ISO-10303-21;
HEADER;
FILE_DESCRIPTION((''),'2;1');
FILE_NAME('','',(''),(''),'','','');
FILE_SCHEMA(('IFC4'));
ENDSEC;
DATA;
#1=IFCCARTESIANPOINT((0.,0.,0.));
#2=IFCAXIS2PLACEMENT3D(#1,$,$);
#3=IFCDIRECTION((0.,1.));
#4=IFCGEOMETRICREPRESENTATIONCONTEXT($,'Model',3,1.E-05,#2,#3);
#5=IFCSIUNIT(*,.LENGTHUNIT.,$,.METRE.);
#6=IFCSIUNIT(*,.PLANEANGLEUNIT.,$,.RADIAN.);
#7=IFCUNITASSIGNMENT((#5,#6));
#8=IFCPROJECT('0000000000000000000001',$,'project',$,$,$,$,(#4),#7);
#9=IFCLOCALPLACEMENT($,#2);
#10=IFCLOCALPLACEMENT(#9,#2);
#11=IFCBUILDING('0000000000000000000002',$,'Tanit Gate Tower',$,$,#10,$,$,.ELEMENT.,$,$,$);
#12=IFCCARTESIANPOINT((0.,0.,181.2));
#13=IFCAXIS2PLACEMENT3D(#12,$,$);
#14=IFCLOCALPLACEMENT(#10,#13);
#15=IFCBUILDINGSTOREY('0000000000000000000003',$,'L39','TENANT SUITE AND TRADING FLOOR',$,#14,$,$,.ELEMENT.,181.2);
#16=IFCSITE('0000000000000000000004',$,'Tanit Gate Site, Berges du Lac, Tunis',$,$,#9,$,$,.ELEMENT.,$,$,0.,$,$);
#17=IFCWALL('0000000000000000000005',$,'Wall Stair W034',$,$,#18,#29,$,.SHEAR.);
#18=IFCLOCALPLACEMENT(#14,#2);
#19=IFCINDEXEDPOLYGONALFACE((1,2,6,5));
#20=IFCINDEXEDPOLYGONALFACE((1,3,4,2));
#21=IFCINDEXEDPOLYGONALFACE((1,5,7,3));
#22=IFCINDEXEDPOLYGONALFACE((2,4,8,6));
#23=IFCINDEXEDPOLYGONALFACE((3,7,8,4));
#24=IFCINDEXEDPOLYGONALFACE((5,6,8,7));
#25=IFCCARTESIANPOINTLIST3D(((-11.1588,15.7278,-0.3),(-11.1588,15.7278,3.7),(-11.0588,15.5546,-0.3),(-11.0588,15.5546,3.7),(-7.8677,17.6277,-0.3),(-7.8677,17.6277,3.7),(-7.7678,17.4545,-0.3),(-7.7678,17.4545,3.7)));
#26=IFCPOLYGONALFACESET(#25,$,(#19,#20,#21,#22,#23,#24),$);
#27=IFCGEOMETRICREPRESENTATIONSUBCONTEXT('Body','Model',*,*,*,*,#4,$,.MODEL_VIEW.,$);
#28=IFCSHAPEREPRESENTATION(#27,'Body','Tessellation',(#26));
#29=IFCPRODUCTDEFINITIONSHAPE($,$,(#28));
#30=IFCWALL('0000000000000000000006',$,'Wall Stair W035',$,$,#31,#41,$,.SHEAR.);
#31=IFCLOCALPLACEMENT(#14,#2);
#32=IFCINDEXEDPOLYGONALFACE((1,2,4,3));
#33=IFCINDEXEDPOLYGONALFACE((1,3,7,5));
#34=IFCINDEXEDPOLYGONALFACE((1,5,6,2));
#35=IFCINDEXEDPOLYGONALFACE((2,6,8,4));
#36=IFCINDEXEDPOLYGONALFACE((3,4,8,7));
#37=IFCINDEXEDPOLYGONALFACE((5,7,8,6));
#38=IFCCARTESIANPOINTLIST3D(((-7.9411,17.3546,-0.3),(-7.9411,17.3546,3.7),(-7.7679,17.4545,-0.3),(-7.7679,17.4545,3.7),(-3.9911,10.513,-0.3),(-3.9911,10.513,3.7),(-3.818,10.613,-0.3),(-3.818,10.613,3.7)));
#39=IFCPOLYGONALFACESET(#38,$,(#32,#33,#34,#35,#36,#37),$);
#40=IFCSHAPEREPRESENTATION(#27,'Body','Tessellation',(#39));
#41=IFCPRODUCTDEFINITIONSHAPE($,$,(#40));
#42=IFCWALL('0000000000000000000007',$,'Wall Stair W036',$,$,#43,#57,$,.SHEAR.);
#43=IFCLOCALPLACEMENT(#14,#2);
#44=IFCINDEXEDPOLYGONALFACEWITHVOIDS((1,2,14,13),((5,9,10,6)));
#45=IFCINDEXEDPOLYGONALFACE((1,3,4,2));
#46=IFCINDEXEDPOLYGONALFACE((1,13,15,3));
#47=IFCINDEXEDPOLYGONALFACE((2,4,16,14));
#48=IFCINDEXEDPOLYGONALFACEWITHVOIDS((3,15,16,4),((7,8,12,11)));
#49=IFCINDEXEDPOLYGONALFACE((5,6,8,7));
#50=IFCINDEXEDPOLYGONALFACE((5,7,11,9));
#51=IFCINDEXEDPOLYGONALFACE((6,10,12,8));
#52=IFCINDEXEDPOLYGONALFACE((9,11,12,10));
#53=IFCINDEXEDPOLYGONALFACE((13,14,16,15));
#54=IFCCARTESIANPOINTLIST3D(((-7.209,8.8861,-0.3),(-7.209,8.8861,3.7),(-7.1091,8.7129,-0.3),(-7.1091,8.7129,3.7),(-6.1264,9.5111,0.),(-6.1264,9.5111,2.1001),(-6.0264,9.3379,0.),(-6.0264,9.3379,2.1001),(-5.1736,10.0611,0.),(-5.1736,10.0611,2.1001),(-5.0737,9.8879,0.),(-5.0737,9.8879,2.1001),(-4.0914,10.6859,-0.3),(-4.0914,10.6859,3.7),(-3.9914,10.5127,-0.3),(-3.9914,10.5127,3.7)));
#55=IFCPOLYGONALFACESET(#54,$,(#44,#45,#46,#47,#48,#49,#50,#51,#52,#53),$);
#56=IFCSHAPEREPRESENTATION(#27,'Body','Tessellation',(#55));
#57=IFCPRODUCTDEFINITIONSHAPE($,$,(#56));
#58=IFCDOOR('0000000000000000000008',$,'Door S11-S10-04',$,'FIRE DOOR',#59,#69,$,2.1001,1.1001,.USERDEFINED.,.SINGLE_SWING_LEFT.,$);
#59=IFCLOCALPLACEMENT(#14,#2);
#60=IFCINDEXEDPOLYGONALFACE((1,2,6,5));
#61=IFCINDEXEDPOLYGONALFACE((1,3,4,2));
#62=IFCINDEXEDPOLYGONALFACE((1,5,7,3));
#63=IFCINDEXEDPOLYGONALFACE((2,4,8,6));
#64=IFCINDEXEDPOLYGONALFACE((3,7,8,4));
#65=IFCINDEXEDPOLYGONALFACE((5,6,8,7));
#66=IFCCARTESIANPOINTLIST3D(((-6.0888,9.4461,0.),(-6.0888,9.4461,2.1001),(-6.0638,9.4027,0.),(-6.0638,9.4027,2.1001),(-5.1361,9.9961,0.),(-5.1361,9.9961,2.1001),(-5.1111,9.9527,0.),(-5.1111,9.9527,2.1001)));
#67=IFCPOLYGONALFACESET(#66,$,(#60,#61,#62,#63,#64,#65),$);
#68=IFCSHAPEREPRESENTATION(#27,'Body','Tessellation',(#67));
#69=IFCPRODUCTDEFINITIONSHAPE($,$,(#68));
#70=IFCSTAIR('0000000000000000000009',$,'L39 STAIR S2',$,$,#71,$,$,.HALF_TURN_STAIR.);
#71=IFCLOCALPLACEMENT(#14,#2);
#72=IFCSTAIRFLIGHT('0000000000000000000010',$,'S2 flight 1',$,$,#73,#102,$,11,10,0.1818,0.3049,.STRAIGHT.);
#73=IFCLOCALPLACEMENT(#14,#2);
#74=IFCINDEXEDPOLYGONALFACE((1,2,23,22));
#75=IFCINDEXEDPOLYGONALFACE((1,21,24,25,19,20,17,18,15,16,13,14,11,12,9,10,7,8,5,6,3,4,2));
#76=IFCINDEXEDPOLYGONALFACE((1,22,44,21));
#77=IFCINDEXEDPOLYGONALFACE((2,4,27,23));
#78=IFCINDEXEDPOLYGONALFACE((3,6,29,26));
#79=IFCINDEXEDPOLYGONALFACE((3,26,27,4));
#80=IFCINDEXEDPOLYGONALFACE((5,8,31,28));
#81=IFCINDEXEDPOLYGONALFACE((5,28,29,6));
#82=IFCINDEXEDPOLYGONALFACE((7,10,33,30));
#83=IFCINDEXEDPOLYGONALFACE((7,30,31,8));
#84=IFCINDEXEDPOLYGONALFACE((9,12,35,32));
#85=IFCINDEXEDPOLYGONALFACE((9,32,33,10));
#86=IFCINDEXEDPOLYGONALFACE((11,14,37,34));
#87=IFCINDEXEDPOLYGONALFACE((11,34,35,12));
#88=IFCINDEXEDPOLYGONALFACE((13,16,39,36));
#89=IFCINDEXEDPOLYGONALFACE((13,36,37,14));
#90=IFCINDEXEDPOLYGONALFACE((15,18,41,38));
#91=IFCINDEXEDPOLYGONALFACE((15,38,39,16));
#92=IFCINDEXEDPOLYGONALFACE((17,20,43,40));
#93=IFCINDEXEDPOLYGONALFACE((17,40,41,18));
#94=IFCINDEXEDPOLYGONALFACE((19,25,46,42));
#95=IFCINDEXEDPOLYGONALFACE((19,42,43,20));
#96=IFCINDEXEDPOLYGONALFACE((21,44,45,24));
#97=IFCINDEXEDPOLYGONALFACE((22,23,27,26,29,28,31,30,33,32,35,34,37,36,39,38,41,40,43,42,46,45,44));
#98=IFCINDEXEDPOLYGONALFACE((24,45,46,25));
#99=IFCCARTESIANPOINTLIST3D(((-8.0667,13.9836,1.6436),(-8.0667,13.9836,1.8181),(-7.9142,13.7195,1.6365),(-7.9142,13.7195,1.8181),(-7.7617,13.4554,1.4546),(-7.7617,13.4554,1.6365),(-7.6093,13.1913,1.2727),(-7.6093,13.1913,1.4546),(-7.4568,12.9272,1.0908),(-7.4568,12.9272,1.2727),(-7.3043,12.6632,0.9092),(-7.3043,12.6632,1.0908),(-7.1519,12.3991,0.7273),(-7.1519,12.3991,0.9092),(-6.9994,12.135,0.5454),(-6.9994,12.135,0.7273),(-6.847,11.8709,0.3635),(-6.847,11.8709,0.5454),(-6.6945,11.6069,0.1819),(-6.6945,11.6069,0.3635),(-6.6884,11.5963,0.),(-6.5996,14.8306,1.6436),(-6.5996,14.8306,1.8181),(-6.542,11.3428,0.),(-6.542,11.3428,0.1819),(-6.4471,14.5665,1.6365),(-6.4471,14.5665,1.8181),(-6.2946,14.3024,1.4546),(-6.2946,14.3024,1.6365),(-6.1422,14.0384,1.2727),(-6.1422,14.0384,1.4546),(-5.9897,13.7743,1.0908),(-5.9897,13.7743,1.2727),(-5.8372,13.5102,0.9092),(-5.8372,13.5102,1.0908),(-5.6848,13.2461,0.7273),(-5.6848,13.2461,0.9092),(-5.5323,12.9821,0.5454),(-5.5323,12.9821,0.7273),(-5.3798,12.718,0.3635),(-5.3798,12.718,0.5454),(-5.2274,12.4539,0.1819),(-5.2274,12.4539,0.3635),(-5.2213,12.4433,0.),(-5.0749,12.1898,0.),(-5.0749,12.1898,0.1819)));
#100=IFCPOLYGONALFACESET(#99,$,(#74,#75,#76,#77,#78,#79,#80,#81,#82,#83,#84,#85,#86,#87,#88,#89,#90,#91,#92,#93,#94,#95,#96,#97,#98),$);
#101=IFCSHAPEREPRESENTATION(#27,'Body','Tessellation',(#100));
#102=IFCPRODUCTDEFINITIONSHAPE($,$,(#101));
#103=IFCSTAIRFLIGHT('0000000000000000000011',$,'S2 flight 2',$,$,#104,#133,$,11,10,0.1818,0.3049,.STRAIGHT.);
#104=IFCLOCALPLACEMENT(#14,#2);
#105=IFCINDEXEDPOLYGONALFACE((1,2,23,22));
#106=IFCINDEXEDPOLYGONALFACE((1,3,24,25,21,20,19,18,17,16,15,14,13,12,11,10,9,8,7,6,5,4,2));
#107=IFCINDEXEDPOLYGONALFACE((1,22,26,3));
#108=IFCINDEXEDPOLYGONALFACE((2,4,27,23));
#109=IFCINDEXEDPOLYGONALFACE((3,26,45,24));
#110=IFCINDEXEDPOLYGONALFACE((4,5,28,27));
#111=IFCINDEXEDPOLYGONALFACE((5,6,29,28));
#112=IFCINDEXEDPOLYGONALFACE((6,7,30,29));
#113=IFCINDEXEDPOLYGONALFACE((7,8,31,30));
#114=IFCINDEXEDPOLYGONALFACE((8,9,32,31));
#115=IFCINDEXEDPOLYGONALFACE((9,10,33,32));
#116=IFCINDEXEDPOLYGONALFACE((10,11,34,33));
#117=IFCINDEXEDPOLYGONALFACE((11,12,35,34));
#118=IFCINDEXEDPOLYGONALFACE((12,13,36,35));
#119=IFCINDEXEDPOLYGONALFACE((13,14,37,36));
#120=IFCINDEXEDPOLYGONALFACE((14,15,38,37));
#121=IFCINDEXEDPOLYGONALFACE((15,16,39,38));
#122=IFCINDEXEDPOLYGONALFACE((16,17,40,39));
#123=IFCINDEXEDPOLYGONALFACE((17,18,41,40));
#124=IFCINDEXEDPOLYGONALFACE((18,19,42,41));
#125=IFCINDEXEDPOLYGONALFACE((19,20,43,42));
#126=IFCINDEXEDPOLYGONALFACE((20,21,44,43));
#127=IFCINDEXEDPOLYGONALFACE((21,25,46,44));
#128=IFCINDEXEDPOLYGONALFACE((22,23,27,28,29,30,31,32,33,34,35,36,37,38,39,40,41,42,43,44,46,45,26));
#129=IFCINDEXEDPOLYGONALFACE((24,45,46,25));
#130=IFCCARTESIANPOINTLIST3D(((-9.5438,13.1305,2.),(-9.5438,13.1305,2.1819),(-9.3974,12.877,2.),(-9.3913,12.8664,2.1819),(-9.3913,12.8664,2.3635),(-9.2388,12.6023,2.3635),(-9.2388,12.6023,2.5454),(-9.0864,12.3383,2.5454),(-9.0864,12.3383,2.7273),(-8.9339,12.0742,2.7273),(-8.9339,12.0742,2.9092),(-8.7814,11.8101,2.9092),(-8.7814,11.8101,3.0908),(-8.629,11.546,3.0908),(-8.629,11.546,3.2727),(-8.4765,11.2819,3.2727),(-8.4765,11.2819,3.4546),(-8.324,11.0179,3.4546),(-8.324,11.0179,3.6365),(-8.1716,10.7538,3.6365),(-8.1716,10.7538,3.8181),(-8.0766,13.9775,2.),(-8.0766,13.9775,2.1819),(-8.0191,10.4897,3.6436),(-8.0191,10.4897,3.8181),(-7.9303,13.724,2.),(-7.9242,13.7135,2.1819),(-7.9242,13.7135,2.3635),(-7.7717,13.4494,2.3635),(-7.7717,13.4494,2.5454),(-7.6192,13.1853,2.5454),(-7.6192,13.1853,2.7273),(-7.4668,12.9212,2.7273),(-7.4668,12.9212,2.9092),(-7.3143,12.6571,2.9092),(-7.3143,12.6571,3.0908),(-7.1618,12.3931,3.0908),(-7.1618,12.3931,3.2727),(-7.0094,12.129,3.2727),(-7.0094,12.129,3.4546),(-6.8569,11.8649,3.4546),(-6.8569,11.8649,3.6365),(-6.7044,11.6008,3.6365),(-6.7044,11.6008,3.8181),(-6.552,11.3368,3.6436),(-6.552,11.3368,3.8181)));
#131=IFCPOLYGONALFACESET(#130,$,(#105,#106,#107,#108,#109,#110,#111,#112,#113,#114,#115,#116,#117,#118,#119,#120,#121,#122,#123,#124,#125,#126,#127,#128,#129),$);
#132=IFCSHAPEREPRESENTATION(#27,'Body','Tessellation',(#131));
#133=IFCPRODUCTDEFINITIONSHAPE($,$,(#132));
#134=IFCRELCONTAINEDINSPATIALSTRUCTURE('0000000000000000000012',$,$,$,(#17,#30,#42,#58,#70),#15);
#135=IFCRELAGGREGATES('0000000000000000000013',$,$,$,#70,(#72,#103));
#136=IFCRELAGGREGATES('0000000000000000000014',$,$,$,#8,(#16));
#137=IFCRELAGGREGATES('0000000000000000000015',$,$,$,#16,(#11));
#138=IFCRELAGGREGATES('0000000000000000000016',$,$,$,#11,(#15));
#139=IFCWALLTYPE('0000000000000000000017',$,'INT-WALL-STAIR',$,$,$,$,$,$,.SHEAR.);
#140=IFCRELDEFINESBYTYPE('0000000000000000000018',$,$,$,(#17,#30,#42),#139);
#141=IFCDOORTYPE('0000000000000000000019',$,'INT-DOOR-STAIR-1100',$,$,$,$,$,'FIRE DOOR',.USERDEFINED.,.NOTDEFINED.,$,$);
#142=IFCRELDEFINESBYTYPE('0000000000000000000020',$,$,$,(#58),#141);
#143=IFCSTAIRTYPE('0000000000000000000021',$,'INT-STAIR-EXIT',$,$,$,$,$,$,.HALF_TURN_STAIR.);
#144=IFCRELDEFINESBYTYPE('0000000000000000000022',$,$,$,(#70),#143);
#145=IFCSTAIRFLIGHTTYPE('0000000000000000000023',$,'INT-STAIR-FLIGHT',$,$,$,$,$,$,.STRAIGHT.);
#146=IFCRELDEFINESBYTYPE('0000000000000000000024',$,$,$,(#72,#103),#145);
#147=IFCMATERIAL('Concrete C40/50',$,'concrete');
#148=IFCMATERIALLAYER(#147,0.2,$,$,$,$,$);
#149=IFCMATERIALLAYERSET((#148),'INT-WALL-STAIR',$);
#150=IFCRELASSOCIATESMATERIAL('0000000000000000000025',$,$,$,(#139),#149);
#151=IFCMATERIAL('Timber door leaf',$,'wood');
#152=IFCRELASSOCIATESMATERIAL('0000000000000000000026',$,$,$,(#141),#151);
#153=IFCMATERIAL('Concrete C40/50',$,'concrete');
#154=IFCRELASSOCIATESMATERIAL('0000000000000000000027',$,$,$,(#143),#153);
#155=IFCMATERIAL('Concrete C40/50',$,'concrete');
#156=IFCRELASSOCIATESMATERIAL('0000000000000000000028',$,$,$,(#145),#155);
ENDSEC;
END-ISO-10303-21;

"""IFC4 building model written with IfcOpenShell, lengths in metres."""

from ifc_helpers import new_model, si_unit, direction, frame, frame_2d, origin, place, context, subcontext, project, spatial, polyline, rectangle, outline, extrude, material, layer, layer_set, type_object, element, fill, aggregate, save


model = new_model("IFC4")

# Units and contexts
model_context = context("Model", 3, precision=1e-05, world=origin(), true_north=direction((0.0, 1.0)))
body_context = subcontext(model_context, "Body", "Model", "MODEL_VIEW")
ifc_project = project(units=[si_unit("LENGTHUNIT", "METRE"), si_unit("PLANEANGLEUNIT", "RADIAN")], contexts=[model_context])

# Site, building, storey
site_placement = place(None, origin())
site = spatial("IfcSite", under=ifc_project, at=site_placement, Name="Tanit Gate Site, Berges du Lac, Tunis", CompositionType="ELEMENT", RefElevation=0.0)
building_placement = place(site_placement, origin())
building = spatial("IfcBuilding", under=site, at=building_placement, Name="Tanit Gate Tower", CompositionType="ELEMENT")
storey_placement = place(building_placement, frame((0.0, 0.0, 181.2)))
storey = spatial("IfcBuildingStorey", under=building, at=storey_placement, Name="L39", Description="TENANT SUITE AND TRADING FLOOR", CompositionType="ELEMENT", Elevation=181.2)

# Walls
ifc_material_1 = material(Name="Concrete C40/50", Category="concrete")
ifc_layer_1 = layer(ifc_material_1, 0.2)
ifc_layer_set_1 = layer_set([ifc_layer_1], Name="INT-WALL-STAIR")
wall_type_1 = type_object("IfcWallType", Name="INT-WALL-STAIR", PredefinedType="SHEAR", material=ifc_layer_set_1)
wall_1_placement = place(storey_placement, frame((-7.8179, 17.541, -0.3), z_axis=(0.0, 0.0, 1.0), x_axis=(-0.866044, -0.499967, 0.0)))
element("IfcWall", 1, at=wall_1_placement, inside=storey, type_object=wall_type_1, Name="Wall Stair W034", PredefinedType="SHEAR", context=body_context, shape_type="SweptSolid", body=[
    extrude(rectangle(XDim=3.8, YDim=0.2, at=frame_2d((1.8999, 0.0))), origin(), (0.0, 0.0, 1.0), 4.0),
])
wall_2_placement = place(storey_placement, frame((-7.8545, 17.4045, -0.3), z_axis=(0.0, 0.0, 1.0), x_axis=(0.499998, -0.866027, 0.0)))
element("IfcWall", 2, at=wall_2_placement, inside=storey, type_object=wall_type_1, Name="Wall Stair W035", PredefinedType="SHEAR", context=body_context, shape_type="SweptSolid", body=[
    extrude(rectangle(XDim=7.8999, YDim=0.2, at=frame_2d((3.95, 0.0))), origin(), (0.0, 0.0, 1.0), 4.0),
])

# Wall, opening, door
wall_3_placement = place(storey_placement, frame((-7.1589, 8.7996, -0.3), z_axis=(0.0, 0.0, 1.0), x_axis=(0.866048, 0.499961, 0.0)))
wall_3 = element("IfcWall", 3, at=wall_3_placement, inside=storey, type_object=wall_type_1, Name="Wall Stair W036", PredefinedType="SHEAR", context=body_context, shape_type="SweptSolid", body=[
    extrude(rectangle(XDim=3.5999, YDim=0.2, at=frame_2d((1.7998, 0.0))), origin(), (0.0, 0.0, 1.0), 4.0),
])
opening_1_placement = place(wall_3_placement, frame((1.25, 0.0, 0.3)))
opening_1 = element("IfcOpeningElement", 4, at=opening_1_placement, cuts=wall_3, PredefinedType="OPENING", context=body_context, shape_type="SweptSolid", body=[
    extrude(rectangle(XDim=1.1001, YDim=2.1001, at=frame_2d((0.55, 1.05))), frame((0.0, 0.1099, 0.0), z_axis=(0.0, -1.0, 0.0), x_axis=(1.0, 0.0, 0.0)), (0.0, 0.0, 1.0), 0.22),
])
ifc_material_2 = material(Name="Timber door leaf", Category="wood")
door_type_1 = type_object("IfcDoorType", Name="INT-DOOR-STAIR-1100", ElementType="FIRE DOOR", OperationType="NOTDEFINED", PredefinedType="USERDEFINED", material=ifc_material_2)
door_1_placement = place(opening_1_placement, origin())
door_1 = element("IfcDoor", 5, at=door_1_placement, inside=storey, type_object=door_type_1, Name="Door S11-S10-04", ObjectType="FIRE DOOR", OperationType="SINGLE_SWING_LEFT", OverallHeight=2.1001, OverallWidth=1.1001, PredefinedType="USERDEFINED", context=body_context, shape_type="SweptSolid", body=[
    extrude(rectangle(XDim=1.1001, YDim=2.1001, at=frame_2d((0.55, 1.05))), frame((0.0, 0.0249, 0.0), z_axis=(0.0, -1.0, 0.0), x_axis=(1.0, 0.0, 0.0)), (0.0, 0.0, 1.0), 0.05),
])
fill(opening_1, door_1)

# Stair, stair flights
ifc_material_3 = material(Name="Concrete C40/50", Category="concrete")
stair_type = type_object("IfcStairType", Name="INT-STAIR-EXIT", PredefinedType="HALF_TURN_STAIR", material=ifc_material_3)
stair_placement = place(storey_placement, origin())
stair = element("IfcStair", 6, at=stair_placement, inside=storey, type_object=stair_type, Name="L39 STAIR S2", PredefinedType="HALF_TURN_STAIR")
ifc_material_4 = material(Name="Concrete C40/50", Category="concrete")
stair_flight_type = type_object("IfcStairFlightType", Name="INT-STAIR-FLIGHT", PredefinedType="STRAIGHT", material=ifc_material_4)
stair_flight_1_placement = place(storey_placement, frame((-5.8083, 11.7664, 0.0), z_axis=(0.0, 0.0, 1.0), x_axis=(-0.5, 0.866025, 0.0)))
stair_flight_1 = element("IfcStairFlight", 7, at=stair_flight_1_placement, type_object=stair_flight_type, Name="S2 flight 1", NumberOfRisers=11, NumberOfTreads=10, PredefinedType="STRAIGHT", RiserHeight=0.1818, TreadLength=0.3049, context=body_context, shape_type="SweptSolid", body=[
    extrude(outline(polyline([(0.0, 0.0), (0.0, 0.1819), (0.3049, 0.1819), (0.3049, 0.3635), (0.6099, 0.3635), (0.6099, 0.5454), (0.9148, 0.5454), (0.9148, 0.7273), (1.2197, 0.7273), (1.2197, 0.9092), (1.5247, 0.9092), (1.5247, 1.0908), (1.8296, 1.0908), (1.8296, 1.2727), (2.1345, 1.2727), (2.1345, 1.4546), (2.4395, 1.4546), (2.4395, 1.6365), (2.7444, 1.6365), (2.7444, 1.8181), (3.0493, 1.8181), (3.0493, 2.0), (3.0493, 1.6436), (0.2927, 0.0), (0.0, 0.0)])), frame((0.0, 0.8472, 0.0), z_axis=(0.0, -1.0, 0.0), x_axis=(1.0, 0.0, 0.0)), (0.0, 0.0, 1.0), 1.6941),
])
stair_flight_2_placement = place(storey_placement, frame((-8.8103, 13.554, 2.0), z_axis=(0.0, 0.0, 1.0), x_axis=(0.5, -0.866025, 0.0)))
stair_flight_2 = element("IfcStairFlight", 8, at=stair_flight_2_placement, type_object=stair_flight_type, Name="S2 flight 2", NumberOfRisers=11, NumberOfTreads=10, PredefinedType="STRAIGHT", RiserHeight=0.1818, TreadLength=0.3049, context=body_context, shape_type="SweptSolid", body=[
    extrude(outline(polyline([(0.0, 0.0), (0.0, 0.1819), (0.3049, 0.1819), (0.3049, 0.3635), (0.6099, 0.3635), (0.6099, 0.5454), (0.9148, 0.5454), (0.9148, 0.7273), (1.2197, 0.7273), (1.2197, 0.9092), (1.5247, 0.9092), (1.5247, 1.0908), (1.8296, 1.0908), (1.8296, 1.2727), (2.1345, 1.2727), (2.1345, 1.4546), (2.4395, 1.4546), (2.4395, 1.6365), (2.7444, 1.6365), (2.7444, 1.8181), (3.0493, 1.8181), (3.0493, 2.0), (3.0493, 1.6436), (0.2927, 0.0), (0.0, 0.0)])), frame((0.0, 0.8472, 0.0), z_axis=(0.0, -1.0, 0.0), x_axis=(1.0, 0.0, 0.0)), (0.0, 0.0, 1.0), 1.6941),
])
aggregate(stair, [stair_flight_1, stair_flight_2])

save(model, "model.ifc")
